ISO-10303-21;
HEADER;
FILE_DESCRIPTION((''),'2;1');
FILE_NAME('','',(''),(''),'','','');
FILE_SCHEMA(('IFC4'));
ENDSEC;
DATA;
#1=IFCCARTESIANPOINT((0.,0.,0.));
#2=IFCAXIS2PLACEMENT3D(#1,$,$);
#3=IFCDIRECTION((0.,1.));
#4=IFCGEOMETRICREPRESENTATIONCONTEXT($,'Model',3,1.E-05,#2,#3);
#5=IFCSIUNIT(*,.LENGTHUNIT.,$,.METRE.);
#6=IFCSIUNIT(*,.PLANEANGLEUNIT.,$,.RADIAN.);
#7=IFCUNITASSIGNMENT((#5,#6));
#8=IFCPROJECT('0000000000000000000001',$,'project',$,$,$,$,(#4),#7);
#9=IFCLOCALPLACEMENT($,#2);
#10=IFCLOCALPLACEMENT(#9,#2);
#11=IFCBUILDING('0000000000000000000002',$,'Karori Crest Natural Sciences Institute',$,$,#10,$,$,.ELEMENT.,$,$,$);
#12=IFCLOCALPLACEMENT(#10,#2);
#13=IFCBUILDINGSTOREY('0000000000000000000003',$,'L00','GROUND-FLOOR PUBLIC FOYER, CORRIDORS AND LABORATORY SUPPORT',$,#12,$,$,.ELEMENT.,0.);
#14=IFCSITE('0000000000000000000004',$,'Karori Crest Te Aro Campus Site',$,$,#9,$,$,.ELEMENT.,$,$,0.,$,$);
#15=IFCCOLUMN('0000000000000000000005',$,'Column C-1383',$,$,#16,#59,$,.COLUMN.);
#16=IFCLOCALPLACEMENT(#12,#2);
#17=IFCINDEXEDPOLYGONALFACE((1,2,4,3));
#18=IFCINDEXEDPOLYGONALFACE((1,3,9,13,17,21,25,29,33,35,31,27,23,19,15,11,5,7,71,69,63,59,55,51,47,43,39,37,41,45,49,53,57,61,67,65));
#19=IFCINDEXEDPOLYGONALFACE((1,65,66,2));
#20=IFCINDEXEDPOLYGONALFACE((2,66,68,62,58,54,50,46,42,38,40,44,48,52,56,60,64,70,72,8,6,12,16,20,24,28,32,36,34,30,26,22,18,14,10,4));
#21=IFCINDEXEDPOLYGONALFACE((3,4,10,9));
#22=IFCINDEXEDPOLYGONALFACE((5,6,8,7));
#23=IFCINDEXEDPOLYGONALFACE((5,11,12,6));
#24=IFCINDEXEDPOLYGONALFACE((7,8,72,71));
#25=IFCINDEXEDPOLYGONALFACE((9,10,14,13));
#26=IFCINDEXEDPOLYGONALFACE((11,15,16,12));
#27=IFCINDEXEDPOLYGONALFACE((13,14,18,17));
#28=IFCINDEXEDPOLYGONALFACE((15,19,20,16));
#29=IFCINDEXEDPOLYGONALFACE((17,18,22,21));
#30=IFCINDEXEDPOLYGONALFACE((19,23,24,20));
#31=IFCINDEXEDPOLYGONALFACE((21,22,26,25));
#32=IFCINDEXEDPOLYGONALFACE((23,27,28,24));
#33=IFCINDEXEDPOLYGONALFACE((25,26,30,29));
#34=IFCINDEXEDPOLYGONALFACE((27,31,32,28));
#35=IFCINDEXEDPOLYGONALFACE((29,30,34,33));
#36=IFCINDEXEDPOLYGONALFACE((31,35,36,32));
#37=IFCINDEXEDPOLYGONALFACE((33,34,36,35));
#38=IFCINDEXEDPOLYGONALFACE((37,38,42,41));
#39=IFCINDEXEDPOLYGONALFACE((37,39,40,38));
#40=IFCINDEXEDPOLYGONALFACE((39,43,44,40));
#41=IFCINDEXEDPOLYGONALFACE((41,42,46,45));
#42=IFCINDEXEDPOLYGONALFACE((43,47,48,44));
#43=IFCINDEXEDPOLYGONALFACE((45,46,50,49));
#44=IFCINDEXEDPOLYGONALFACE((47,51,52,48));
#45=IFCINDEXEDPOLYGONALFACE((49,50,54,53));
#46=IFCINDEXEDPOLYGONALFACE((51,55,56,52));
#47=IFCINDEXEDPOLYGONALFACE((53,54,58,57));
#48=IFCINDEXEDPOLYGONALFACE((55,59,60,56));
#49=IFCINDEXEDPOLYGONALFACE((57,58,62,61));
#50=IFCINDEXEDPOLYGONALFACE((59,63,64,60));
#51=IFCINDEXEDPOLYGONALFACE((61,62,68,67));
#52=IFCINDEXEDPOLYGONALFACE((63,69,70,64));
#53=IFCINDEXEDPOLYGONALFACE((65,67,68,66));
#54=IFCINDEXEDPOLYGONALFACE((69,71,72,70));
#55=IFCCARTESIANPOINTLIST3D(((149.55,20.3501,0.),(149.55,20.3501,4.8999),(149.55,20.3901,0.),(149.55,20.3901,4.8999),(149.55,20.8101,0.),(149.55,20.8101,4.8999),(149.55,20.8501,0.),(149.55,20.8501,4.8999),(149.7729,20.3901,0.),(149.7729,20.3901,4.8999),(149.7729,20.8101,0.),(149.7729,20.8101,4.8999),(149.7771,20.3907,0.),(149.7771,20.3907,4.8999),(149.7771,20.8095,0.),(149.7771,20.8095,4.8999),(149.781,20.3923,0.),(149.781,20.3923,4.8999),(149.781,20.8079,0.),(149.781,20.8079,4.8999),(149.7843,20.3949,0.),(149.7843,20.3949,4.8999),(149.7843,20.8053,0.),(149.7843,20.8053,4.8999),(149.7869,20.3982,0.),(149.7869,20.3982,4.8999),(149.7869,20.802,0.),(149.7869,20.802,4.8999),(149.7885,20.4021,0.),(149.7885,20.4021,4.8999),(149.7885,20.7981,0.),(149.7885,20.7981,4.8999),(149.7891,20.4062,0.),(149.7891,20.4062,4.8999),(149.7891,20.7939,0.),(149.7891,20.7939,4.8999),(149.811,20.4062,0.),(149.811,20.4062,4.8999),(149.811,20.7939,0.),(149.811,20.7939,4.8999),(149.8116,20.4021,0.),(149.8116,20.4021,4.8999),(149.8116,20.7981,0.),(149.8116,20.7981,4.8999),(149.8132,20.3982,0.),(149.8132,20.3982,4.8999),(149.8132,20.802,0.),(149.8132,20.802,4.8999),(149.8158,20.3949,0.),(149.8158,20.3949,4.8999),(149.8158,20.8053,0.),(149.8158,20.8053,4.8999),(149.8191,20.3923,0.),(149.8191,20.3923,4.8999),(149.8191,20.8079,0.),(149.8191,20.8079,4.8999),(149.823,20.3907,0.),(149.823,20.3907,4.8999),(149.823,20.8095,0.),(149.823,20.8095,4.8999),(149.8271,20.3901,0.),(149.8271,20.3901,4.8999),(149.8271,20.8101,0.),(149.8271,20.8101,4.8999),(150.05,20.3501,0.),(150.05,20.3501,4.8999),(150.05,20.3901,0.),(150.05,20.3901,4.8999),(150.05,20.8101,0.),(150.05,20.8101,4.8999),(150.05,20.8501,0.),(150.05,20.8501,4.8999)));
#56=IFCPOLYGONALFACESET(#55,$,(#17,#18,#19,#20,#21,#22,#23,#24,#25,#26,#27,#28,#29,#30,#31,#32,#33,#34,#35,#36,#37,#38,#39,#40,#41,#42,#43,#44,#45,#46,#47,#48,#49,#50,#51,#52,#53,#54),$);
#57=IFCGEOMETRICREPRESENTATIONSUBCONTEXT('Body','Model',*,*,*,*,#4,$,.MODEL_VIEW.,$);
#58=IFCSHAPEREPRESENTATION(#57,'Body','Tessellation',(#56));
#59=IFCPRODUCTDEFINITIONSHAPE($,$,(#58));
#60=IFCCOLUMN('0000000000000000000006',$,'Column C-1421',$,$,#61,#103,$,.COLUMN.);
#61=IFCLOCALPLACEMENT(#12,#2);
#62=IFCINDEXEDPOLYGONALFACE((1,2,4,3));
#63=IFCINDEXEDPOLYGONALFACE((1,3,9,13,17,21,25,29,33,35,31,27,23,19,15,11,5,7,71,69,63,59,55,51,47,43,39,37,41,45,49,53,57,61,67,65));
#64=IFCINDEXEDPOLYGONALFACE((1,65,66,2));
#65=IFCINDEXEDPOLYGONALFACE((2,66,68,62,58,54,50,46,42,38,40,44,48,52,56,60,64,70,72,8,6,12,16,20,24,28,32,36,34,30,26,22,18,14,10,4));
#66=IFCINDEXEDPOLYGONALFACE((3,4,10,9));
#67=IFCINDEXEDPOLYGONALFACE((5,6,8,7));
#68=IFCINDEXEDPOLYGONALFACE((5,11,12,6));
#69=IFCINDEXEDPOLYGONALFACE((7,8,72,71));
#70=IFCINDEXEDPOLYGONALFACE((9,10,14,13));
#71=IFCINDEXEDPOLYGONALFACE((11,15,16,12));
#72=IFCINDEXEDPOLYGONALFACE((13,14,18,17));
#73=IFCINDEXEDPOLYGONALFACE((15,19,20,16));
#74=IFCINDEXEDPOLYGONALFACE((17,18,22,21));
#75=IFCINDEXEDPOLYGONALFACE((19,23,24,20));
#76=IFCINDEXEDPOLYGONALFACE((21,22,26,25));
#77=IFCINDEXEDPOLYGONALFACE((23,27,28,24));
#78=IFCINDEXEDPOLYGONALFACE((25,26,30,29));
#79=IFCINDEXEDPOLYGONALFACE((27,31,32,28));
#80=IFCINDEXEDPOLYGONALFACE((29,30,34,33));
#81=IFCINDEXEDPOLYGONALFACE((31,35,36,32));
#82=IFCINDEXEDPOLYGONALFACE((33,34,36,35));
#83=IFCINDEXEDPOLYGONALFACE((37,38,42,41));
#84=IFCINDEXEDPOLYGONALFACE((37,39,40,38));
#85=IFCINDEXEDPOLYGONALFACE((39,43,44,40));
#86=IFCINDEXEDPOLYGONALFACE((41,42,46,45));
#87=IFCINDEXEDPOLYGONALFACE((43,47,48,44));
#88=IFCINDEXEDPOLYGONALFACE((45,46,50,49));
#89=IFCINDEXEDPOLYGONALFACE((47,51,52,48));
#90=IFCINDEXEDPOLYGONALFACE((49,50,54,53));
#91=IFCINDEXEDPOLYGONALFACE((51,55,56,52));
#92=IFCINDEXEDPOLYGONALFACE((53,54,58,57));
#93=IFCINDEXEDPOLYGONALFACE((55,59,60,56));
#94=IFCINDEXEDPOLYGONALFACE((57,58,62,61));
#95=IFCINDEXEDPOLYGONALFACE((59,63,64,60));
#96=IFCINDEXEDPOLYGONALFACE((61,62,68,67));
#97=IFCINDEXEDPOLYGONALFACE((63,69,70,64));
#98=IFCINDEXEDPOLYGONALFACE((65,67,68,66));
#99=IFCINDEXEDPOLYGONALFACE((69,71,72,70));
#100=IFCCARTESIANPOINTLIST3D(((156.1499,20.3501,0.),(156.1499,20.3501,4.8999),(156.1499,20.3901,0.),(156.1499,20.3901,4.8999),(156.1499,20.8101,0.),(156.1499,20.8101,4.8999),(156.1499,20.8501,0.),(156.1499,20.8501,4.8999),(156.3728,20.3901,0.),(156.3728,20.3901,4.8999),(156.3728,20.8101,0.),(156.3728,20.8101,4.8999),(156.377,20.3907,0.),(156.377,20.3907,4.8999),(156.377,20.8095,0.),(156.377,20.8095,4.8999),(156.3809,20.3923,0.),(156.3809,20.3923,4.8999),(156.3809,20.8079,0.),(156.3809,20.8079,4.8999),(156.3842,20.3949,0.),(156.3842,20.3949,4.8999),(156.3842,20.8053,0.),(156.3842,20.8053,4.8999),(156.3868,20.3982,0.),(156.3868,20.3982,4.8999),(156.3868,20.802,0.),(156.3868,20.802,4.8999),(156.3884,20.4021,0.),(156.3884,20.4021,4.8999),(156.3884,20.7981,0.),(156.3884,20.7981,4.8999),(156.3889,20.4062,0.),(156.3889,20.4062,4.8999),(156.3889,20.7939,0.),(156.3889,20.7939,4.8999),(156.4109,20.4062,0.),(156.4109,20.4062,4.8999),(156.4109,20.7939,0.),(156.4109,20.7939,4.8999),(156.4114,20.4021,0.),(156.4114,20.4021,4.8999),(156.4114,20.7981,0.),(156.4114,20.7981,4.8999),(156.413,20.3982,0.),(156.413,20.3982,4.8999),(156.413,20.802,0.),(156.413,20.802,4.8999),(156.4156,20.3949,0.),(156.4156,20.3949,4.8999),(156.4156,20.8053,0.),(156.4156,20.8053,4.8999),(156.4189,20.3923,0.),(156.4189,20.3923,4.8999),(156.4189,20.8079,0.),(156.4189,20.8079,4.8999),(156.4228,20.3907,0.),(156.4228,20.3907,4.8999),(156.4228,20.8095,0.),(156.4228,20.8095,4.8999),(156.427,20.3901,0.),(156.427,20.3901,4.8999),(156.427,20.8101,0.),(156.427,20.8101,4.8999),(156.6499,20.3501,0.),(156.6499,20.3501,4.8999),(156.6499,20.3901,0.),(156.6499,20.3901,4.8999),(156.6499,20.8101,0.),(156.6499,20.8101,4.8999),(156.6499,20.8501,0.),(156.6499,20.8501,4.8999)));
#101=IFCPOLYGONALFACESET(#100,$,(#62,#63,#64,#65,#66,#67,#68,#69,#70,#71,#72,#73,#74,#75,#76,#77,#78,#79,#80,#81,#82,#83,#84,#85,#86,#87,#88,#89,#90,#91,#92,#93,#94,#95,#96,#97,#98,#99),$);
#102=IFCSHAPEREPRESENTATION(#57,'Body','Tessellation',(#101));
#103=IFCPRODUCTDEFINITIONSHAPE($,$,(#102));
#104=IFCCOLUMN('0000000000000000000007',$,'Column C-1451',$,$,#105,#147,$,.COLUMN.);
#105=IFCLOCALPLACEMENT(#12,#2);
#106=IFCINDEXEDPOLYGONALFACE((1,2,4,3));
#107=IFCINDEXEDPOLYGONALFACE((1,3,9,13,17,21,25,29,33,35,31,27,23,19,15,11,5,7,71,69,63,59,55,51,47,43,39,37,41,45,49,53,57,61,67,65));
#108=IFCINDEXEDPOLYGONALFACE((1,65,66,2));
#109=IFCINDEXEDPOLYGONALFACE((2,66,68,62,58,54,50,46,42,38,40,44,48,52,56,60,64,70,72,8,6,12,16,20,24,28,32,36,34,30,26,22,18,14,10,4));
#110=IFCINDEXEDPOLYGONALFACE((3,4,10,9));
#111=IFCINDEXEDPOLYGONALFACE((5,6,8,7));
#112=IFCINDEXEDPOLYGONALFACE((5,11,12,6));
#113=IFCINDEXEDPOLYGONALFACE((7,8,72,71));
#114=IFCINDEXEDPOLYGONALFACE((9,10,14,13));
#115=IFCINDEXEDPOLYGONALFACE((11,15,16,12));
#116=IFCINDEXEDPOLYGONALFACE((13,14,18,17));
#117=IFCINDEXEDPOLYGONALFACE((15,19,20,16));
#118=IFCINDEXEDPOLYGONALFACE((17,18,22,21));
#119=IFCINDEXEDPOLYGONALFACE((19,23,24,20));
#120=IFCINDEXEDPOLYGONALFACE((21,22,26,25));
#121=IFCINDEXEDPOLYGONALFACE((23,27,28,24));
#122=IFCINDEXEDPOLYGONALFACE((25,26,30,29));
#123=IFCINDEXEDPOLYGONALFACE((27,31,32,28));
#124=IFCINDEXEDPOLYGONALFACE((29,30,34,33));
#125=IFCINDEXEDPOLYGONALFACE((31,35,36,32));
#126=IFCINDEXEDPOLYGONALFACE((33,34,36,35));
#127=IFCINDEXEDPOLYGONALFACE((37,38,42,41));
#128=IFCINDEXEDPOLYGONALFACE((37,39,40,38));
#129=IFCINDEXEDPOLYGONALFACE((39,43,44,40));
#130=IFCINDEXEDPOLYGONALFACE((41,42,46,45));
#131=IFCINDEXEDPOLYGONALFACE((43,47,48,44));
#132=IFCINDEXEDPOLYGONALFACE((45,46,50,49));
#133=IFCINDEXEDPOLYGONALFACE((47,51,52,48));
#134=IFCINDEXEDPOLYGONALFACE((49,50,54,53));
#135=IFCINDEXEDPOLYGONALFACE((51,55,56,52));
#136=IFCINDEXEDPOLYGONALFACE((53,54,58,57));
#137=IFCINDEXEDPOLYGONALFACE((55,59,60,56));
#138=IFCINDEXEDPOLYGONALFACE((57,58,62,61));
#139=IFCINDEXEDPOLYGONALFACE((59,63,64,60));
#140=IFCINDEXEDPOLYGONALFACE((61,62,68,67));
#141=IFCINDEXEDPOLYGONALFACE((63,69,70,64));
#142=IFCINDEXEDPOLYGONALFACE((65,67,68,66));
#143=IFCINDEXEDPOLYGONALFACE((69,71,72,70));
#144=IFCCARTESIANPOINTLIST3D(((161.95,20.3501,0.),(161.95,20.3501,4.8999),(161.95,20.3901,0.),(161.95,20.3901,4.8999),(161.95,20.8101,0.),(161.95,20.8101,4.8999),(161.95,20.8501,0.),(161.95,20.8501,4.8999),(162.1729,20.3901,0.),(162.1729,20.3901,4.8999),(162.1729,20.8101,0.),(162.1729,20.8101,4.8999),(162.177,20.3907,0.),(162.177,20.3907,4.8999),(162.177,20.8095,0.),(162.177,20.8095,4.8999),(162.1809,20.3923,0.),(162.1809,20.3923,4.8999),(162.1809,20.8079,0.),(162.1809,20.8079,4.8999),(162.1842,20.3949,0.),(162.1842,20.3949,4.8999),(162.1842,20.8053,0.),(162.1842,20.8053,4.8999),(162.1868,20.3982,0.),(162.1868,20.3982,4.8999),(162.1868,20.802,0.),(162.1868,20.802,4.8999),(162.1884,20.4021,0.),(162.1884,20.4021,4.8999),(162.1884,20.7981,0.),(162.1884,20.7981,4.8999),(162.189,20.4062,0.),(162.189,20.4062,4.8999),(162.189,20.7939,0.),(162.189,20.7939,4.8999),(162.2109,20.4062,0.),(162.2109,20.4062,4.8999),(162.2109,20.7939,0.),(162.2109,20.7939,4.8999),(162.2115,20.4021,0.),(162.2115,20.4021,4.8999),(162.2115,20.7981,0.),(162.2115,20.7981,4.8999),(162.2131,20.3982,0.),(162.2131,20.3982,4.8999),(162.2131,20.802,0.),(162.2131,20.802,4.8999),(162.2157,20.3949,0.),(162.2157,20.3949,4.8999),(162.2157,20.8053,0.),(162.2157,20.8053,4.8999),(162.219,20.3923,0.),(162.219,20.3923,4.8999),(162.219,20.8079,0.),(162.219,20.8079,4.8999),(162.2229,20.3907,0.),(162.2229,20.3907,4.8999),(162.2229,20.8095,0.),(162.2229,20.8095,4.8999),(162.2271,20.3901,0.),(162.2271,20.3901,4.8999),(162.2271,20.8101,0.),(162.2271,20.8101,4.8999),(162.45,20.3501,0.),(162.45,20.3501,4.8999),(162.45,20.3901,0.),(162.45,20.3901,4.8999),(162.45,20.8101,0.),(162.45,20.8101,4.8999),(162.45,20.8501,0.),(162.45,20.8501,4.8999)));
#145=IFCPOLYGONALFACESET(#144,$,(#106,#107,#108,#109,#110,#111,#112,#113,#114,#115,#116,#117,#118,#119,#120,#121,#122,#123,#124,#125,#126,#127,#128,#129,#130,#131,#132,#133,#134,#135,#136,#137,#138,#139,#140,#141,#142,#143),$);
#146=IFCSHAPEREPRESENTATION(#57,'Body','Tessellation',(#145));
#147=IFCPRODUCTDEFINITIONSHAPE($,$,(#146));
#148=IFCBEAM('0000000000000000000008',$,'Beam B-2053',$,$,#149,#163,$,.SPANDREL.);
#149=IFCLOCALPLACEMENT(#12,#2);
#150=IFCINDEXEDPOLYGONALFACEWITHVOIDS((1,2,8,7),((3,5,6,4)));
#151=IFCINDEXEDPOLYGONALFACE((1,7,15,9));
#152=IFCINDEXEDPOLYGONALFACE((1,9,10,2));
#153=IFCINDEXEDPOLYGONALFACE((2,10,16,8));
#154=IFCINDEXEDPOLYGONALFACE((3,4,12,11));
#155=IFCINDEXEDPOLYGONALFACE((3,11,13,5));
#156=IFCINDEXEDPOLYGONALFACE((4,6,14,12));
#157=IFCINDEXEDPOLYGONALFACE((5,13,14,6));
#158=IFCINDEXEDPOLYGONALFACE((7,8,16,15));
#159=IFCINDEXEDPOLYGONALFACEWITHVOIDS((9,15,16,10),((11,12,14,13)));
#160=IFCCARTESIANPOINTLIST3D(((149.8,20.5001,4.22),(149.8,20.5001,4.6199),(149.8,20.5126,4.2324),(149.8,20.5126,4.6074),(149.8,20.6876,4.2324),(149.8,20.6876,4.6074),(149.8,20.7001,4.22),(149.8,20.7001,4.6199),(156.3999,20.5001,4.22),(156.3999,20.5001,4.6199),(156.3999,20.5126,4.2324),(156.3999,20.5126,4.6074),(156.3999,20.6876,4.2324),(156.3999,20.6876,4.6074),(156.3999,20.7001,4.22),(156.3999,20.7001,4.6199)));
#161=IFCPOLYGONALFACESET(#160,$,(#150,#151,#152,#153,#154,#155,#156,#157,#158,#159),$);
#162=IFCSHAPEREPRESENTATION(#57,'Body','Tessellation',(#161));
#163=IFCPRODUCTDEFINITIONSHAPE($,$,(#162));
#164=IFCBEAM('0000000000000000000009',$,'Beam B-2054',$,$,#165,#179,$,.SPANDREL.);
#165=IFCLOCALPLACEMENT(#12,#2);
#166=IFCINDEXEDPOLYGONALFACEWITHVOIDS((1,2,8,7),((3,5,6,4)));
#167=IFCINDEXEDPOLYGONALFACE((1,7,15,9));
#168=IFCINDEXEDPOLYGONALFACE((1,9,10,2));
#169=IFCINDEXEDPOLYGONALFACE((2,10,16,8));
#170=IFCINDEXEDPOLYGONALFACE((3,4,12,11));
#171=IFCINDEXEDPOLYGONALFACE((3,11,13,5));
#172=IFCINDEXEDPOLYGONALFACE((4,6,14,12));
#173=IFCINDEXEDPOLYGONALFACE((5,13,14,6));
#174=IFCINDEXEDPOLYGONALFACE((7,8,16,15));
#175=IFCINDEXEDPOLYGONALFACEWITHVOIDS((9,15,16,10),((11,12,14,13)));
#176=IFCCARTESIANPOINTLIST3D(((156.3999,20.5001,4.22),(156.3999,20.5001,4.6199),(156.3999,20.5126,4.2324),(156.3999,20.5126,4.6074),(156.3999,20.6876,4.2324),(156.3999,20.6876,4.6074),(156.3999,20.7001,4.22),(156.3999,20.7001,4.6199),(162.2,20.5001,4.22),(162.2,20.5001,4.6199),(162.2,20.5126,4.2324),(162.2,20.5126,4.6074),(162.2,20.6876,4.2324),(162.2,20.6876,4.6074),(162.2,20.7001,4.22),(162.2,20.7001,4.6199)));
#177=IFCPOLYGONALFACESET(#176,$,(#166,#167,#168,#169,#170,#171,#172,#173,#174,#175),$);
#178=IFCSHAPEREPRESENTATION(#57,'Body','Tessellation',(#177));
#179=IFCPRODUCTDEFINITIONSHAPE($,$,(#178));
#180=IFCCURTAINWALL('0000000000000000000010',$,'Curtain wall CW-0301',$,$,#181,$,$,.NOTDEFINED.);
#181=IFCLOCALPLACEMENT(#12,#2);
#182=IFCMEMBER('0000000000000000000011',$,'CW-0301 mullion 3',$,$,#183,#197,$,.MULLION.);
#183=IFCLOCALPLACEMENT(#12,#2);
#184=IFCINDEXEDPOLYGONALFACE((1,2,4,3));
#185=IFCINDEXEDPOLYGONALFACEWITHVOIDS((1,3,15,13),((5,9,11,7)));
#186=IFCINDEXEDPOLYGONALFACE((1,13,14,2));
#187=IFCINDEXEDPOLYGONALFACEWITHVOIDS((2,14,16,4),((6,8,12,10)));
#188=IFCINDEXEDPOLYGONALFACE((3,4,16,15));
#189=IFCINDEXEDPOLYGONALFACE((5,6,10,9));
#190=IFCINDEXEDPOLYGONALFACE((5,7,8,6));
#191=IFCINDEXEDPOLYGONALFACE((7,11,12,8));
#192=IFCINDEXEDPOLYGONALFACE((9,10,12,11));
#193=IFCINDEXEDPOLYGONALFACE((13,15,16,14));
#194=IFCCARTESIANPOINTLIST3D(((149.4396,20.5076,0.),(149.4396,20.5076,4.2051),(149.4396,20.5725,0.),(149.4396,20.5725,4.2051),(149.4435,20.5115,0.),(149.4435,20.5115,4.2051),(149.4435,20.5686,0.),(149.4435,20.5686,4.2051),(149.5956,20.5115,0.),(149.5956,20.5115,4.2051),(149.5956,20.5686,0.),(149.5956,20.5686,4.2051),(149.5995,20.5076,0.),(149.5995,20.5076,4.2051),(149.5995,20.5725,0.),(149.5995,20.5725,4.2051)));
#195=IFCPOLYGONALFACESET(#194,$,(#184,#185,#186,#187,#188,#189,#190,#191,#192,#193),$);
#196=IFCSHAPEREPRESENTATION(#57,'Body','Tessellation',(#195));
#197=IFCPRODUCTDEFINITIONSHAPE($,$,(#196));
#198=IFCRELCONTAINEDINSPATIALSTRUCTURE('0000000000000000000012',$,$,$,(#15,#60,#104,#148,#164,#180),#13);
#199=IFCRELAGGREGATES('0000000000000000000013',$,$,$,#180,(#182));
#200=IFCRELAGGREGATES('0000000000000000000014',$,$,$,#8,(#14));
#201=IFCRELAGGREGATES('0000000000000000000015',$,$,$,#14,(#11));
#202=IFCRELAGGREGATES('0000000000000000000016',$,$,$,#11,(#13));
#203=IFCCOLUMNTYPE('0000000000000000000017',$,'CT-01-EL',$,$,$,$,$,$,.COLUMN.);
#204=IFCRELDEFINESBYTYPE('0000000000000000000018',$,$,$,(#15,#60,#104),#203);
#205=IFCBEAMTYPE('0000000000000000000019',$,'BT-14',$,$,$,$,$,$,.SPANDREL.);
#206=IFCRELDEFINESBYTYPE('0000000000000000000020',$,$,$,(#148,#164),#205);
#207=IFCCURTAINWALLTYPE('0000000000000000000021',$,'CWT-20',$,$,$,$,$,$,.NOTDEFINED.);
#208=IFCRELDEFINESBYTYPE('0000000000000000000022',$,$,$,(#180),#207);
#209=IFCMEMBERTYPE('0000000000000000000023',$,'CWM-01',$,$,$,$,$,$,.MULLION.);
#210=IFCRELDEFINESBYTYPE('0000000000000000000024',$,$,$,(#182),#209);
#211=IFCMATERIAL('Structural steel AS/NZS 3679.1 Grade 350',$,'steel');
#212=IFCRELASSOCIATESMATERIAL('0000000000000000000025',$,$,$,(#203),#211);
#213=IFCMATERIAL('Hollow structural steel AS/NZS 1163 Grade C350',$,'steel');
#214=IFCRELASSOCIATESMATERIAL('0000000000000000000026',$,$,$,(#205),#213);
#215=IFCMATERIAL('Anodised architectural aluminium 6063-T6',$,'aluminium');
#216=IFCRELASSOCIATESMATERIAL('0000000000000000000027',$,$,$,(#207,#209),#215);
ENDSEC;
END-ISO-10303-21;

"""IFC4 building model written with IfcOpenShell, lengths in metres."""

from ifc_helpers import new_model, si_unit, direction, frame, origin, origin_2d, place, context, subcontext, project, spatial, hollow_rectangle, i_section, extrude, material, material_profile, profile_set, type_object, element, aggregate, save


model = new_model("IFC4")

# Units and contexts
model_context = context("Model", 3, precision=1e-05, world=origin(), true_north=direction((0.0, 1.0)))
body_context = subcontext(model_context, "Body", "Model", "MODEL_VIEW")
ifc_project = project(units=[si_unit("LENGTHUNIT", "METRE"), si_unit("PLANEANGLEUNIT", "RADIAN")], contexts=[model_context])

# Site, building, storey
site_placement = place(None, origin())
site = spatial("IfcSite", under=ifc_project, at=site_placement, Name="Karori Crest Te Aro Campus Site", CompositionType="ELEMENT", RefElevation=0.0)
building_placement = place(site_placement, origin())
building = spatial("IfcBuilding", under=site, at=building_placement, Name="Karori Crest Natural Sciences Institute", CompositionType="ELEMENT")
storey_placement = place(building_placement, origin())
storey = spatial("IfcBuildingStorey", under=building, at=storey_placement, Name="L00", Description="GROUND-FLOOR PUBLIC FOYER, CORRIDORS AND LABORATORY SUPPORT", CompositionType="ELEMENT", Elevation=0.0)

# Columns
ifc_material_1 = material(Name="Structural steel AS/NZS 3679.1 Grade 350", Category="steel")
ifc_material_profile_1 = material_profile(ifc_material_1, i_section(OverallWidth=0.5, OverallDepth=0.5, WebThickness=0.022, FlangeThickness=0.04, FilletRadius=0.0161, at=origin_2d()), Name="500WC440")
ifc_profile_set_1 = profile_set([ifc_material_profile_1], Name="Structural steel AS/NZS 3679.1 Grade 350")
column_type = type_object("IfcColumnType", Name="CT-01-EL", PredefinedType="COLUMN", material=ifc_profile_set_1)
for number, where, z_axis, x_axis, name in (
    (1, (149.8, 20.6001, 0.0), (0.0, 0.0, 1.0), (1.0, 0.0, 0.0), "Column C-1383"),
    (2, (156.3999, 20.6001, 0.0), (0.0, 0.0, 1.0), (1.0, 0.0, 0.0), "Column C-1421"),
    (3, (162.2, 20.6001, 0.0), (0.0, 0.0, 1.0), (1.0, 0.0, 0.0), "Column C-1451"),
):
    element("IfcColumn", number, at=place(storey_placement, frame(where, z_axis=z_axis, x_axis=x_axis)), inside=storey, type_object=column_type, Name=name, PredefinedType="COLUMN", context=body_context, shape_type="SweptSolid", body=[
        extrude(i_section(OverallWidth=0.5, OverallDepth=0.5, WebThickness=0.022, FlangeThickness=0.04, FilletRadius=0.0161, at=origin_2d()), origin(), (0.0, 0.0, 1.0), 4.8999),
    ])

# Beams
ifc_material_2 = material(Name="Hollow structural steel AS/NZS 1163 Grade C350", Category="steel")
ifc_material_profile_2 = material_profile(ifc_material_2, hollow_rectangle(XDim=0.2, YDim=0.3999, WallThickness=0.0125, at=origin_2d()), Name="RHS400x200x12.5")
ifc_profile_set_2 = profile_set([ifc_material_profile_2], Name="Hollow structural steel AS/NZS 1163 Grade C350")
beam_type = type_object("IfcBeamType", Name="BT-14", PredefinedType="SPANDREL", material=ifc_profile_set_2)
beam_1_placement = place(storey_placement, frame((149.8, 20.6001, 4.4199), z_axis=(1.0, 0.0, 0.0), x_axis=(0.0, 1.0, 0.0)))
element("IfcBeam", 4, at=beam_1_placement, inside=storey, type_object=beam_type, Name="Beam B-2053", PredefinedType="SPANDREL", context=body_context, shape_type="SweptSolid", body=[
    extrude(hollow_rectangle(XDim=0.2, YDim=0.3999, WallThickness=0.0125, at=origin_2d()), origin(), (0.0, 0.0, 1.0), 6.5999),
])
beam_2_placement = place(storey_placement, frame((156.3999, 20.6001, 4.4199), z_axis=(1.0, 0.0, 0.0), x_axis=(0.0, 1.0, 0.0)))
element("IfcBeam", 5, at=beam_2_placement, inside=storey, type_object=beam_type, Name="Beam B-2054", PredefinedType="SPANDREL", context=body_context, shape_type="SweptSolid", body=[
    extrude(hollow_rectangle(XDim=0.2, YDim=0.3999, WallThickness=0.0125, at=origin_2d()), origin(), (0.0, 0.0, 1.0), 5.8),
])

# Curtain wall, member
ifc_material_3 = material(Name="Anodised architectural aluminium 6063-T6", Category="aluminium")
curtain_wall_type = type_object("IfcCurtainWallType", Name="CWT-20", PredefinedType="NOTDEFINED", material=ifc_material_3)
curtain_wall_1_placement = place(storey_placement, origin())
curtain_wall_1 = element("IfcCurtainWall", 6, at=curtain_wall_1_placement, inside=storey, type_object=curtain_wall_type, Name="Curtain wall CW-0301", PredefinedType="NOTDEFINED")
ifc_material_profile_3 = material_profile(ifc_material_3, hollow_rectangle(XDim=0.0649, YDim=0.1599, WallThickness=0.0039, at=origin_2d()), Name="CWM160x65x4")
ifc_profile_set_3 = profile_set([ifc_material_profile_3], Name="Anodised architectural aluminium 6063-T6")
member_type_1 = type_object("IfcMemberType", Name="CWM-01", PredefinedType="MULLION", material=ifc_profile_set_3)
member_1_placement = place(storey_placement, frame((149.5195, 20.54, 0.0), z_axis=(0.0, 0.0, 1.0), x_axis=(0.0, 1.0, 0.0)))
member_1 = element("IfcMember", 7, at=member_1_placement, type_object=member_type_1, Name="CW-0301 mullion 3", PredefinedType="MULLION", context=body_context, shape_type="SweptSolid", body=[
    extrude(hollow_rectangle(XDim=0.0649, YDim=0.1599, WallThickness=0.0039, at=origin_2d()), origin(), (0.0, 0.0, 1.0), 4.2051),
])
aggregate(curtain_wall_1, [member_1])

save(model, "model.ifc")
